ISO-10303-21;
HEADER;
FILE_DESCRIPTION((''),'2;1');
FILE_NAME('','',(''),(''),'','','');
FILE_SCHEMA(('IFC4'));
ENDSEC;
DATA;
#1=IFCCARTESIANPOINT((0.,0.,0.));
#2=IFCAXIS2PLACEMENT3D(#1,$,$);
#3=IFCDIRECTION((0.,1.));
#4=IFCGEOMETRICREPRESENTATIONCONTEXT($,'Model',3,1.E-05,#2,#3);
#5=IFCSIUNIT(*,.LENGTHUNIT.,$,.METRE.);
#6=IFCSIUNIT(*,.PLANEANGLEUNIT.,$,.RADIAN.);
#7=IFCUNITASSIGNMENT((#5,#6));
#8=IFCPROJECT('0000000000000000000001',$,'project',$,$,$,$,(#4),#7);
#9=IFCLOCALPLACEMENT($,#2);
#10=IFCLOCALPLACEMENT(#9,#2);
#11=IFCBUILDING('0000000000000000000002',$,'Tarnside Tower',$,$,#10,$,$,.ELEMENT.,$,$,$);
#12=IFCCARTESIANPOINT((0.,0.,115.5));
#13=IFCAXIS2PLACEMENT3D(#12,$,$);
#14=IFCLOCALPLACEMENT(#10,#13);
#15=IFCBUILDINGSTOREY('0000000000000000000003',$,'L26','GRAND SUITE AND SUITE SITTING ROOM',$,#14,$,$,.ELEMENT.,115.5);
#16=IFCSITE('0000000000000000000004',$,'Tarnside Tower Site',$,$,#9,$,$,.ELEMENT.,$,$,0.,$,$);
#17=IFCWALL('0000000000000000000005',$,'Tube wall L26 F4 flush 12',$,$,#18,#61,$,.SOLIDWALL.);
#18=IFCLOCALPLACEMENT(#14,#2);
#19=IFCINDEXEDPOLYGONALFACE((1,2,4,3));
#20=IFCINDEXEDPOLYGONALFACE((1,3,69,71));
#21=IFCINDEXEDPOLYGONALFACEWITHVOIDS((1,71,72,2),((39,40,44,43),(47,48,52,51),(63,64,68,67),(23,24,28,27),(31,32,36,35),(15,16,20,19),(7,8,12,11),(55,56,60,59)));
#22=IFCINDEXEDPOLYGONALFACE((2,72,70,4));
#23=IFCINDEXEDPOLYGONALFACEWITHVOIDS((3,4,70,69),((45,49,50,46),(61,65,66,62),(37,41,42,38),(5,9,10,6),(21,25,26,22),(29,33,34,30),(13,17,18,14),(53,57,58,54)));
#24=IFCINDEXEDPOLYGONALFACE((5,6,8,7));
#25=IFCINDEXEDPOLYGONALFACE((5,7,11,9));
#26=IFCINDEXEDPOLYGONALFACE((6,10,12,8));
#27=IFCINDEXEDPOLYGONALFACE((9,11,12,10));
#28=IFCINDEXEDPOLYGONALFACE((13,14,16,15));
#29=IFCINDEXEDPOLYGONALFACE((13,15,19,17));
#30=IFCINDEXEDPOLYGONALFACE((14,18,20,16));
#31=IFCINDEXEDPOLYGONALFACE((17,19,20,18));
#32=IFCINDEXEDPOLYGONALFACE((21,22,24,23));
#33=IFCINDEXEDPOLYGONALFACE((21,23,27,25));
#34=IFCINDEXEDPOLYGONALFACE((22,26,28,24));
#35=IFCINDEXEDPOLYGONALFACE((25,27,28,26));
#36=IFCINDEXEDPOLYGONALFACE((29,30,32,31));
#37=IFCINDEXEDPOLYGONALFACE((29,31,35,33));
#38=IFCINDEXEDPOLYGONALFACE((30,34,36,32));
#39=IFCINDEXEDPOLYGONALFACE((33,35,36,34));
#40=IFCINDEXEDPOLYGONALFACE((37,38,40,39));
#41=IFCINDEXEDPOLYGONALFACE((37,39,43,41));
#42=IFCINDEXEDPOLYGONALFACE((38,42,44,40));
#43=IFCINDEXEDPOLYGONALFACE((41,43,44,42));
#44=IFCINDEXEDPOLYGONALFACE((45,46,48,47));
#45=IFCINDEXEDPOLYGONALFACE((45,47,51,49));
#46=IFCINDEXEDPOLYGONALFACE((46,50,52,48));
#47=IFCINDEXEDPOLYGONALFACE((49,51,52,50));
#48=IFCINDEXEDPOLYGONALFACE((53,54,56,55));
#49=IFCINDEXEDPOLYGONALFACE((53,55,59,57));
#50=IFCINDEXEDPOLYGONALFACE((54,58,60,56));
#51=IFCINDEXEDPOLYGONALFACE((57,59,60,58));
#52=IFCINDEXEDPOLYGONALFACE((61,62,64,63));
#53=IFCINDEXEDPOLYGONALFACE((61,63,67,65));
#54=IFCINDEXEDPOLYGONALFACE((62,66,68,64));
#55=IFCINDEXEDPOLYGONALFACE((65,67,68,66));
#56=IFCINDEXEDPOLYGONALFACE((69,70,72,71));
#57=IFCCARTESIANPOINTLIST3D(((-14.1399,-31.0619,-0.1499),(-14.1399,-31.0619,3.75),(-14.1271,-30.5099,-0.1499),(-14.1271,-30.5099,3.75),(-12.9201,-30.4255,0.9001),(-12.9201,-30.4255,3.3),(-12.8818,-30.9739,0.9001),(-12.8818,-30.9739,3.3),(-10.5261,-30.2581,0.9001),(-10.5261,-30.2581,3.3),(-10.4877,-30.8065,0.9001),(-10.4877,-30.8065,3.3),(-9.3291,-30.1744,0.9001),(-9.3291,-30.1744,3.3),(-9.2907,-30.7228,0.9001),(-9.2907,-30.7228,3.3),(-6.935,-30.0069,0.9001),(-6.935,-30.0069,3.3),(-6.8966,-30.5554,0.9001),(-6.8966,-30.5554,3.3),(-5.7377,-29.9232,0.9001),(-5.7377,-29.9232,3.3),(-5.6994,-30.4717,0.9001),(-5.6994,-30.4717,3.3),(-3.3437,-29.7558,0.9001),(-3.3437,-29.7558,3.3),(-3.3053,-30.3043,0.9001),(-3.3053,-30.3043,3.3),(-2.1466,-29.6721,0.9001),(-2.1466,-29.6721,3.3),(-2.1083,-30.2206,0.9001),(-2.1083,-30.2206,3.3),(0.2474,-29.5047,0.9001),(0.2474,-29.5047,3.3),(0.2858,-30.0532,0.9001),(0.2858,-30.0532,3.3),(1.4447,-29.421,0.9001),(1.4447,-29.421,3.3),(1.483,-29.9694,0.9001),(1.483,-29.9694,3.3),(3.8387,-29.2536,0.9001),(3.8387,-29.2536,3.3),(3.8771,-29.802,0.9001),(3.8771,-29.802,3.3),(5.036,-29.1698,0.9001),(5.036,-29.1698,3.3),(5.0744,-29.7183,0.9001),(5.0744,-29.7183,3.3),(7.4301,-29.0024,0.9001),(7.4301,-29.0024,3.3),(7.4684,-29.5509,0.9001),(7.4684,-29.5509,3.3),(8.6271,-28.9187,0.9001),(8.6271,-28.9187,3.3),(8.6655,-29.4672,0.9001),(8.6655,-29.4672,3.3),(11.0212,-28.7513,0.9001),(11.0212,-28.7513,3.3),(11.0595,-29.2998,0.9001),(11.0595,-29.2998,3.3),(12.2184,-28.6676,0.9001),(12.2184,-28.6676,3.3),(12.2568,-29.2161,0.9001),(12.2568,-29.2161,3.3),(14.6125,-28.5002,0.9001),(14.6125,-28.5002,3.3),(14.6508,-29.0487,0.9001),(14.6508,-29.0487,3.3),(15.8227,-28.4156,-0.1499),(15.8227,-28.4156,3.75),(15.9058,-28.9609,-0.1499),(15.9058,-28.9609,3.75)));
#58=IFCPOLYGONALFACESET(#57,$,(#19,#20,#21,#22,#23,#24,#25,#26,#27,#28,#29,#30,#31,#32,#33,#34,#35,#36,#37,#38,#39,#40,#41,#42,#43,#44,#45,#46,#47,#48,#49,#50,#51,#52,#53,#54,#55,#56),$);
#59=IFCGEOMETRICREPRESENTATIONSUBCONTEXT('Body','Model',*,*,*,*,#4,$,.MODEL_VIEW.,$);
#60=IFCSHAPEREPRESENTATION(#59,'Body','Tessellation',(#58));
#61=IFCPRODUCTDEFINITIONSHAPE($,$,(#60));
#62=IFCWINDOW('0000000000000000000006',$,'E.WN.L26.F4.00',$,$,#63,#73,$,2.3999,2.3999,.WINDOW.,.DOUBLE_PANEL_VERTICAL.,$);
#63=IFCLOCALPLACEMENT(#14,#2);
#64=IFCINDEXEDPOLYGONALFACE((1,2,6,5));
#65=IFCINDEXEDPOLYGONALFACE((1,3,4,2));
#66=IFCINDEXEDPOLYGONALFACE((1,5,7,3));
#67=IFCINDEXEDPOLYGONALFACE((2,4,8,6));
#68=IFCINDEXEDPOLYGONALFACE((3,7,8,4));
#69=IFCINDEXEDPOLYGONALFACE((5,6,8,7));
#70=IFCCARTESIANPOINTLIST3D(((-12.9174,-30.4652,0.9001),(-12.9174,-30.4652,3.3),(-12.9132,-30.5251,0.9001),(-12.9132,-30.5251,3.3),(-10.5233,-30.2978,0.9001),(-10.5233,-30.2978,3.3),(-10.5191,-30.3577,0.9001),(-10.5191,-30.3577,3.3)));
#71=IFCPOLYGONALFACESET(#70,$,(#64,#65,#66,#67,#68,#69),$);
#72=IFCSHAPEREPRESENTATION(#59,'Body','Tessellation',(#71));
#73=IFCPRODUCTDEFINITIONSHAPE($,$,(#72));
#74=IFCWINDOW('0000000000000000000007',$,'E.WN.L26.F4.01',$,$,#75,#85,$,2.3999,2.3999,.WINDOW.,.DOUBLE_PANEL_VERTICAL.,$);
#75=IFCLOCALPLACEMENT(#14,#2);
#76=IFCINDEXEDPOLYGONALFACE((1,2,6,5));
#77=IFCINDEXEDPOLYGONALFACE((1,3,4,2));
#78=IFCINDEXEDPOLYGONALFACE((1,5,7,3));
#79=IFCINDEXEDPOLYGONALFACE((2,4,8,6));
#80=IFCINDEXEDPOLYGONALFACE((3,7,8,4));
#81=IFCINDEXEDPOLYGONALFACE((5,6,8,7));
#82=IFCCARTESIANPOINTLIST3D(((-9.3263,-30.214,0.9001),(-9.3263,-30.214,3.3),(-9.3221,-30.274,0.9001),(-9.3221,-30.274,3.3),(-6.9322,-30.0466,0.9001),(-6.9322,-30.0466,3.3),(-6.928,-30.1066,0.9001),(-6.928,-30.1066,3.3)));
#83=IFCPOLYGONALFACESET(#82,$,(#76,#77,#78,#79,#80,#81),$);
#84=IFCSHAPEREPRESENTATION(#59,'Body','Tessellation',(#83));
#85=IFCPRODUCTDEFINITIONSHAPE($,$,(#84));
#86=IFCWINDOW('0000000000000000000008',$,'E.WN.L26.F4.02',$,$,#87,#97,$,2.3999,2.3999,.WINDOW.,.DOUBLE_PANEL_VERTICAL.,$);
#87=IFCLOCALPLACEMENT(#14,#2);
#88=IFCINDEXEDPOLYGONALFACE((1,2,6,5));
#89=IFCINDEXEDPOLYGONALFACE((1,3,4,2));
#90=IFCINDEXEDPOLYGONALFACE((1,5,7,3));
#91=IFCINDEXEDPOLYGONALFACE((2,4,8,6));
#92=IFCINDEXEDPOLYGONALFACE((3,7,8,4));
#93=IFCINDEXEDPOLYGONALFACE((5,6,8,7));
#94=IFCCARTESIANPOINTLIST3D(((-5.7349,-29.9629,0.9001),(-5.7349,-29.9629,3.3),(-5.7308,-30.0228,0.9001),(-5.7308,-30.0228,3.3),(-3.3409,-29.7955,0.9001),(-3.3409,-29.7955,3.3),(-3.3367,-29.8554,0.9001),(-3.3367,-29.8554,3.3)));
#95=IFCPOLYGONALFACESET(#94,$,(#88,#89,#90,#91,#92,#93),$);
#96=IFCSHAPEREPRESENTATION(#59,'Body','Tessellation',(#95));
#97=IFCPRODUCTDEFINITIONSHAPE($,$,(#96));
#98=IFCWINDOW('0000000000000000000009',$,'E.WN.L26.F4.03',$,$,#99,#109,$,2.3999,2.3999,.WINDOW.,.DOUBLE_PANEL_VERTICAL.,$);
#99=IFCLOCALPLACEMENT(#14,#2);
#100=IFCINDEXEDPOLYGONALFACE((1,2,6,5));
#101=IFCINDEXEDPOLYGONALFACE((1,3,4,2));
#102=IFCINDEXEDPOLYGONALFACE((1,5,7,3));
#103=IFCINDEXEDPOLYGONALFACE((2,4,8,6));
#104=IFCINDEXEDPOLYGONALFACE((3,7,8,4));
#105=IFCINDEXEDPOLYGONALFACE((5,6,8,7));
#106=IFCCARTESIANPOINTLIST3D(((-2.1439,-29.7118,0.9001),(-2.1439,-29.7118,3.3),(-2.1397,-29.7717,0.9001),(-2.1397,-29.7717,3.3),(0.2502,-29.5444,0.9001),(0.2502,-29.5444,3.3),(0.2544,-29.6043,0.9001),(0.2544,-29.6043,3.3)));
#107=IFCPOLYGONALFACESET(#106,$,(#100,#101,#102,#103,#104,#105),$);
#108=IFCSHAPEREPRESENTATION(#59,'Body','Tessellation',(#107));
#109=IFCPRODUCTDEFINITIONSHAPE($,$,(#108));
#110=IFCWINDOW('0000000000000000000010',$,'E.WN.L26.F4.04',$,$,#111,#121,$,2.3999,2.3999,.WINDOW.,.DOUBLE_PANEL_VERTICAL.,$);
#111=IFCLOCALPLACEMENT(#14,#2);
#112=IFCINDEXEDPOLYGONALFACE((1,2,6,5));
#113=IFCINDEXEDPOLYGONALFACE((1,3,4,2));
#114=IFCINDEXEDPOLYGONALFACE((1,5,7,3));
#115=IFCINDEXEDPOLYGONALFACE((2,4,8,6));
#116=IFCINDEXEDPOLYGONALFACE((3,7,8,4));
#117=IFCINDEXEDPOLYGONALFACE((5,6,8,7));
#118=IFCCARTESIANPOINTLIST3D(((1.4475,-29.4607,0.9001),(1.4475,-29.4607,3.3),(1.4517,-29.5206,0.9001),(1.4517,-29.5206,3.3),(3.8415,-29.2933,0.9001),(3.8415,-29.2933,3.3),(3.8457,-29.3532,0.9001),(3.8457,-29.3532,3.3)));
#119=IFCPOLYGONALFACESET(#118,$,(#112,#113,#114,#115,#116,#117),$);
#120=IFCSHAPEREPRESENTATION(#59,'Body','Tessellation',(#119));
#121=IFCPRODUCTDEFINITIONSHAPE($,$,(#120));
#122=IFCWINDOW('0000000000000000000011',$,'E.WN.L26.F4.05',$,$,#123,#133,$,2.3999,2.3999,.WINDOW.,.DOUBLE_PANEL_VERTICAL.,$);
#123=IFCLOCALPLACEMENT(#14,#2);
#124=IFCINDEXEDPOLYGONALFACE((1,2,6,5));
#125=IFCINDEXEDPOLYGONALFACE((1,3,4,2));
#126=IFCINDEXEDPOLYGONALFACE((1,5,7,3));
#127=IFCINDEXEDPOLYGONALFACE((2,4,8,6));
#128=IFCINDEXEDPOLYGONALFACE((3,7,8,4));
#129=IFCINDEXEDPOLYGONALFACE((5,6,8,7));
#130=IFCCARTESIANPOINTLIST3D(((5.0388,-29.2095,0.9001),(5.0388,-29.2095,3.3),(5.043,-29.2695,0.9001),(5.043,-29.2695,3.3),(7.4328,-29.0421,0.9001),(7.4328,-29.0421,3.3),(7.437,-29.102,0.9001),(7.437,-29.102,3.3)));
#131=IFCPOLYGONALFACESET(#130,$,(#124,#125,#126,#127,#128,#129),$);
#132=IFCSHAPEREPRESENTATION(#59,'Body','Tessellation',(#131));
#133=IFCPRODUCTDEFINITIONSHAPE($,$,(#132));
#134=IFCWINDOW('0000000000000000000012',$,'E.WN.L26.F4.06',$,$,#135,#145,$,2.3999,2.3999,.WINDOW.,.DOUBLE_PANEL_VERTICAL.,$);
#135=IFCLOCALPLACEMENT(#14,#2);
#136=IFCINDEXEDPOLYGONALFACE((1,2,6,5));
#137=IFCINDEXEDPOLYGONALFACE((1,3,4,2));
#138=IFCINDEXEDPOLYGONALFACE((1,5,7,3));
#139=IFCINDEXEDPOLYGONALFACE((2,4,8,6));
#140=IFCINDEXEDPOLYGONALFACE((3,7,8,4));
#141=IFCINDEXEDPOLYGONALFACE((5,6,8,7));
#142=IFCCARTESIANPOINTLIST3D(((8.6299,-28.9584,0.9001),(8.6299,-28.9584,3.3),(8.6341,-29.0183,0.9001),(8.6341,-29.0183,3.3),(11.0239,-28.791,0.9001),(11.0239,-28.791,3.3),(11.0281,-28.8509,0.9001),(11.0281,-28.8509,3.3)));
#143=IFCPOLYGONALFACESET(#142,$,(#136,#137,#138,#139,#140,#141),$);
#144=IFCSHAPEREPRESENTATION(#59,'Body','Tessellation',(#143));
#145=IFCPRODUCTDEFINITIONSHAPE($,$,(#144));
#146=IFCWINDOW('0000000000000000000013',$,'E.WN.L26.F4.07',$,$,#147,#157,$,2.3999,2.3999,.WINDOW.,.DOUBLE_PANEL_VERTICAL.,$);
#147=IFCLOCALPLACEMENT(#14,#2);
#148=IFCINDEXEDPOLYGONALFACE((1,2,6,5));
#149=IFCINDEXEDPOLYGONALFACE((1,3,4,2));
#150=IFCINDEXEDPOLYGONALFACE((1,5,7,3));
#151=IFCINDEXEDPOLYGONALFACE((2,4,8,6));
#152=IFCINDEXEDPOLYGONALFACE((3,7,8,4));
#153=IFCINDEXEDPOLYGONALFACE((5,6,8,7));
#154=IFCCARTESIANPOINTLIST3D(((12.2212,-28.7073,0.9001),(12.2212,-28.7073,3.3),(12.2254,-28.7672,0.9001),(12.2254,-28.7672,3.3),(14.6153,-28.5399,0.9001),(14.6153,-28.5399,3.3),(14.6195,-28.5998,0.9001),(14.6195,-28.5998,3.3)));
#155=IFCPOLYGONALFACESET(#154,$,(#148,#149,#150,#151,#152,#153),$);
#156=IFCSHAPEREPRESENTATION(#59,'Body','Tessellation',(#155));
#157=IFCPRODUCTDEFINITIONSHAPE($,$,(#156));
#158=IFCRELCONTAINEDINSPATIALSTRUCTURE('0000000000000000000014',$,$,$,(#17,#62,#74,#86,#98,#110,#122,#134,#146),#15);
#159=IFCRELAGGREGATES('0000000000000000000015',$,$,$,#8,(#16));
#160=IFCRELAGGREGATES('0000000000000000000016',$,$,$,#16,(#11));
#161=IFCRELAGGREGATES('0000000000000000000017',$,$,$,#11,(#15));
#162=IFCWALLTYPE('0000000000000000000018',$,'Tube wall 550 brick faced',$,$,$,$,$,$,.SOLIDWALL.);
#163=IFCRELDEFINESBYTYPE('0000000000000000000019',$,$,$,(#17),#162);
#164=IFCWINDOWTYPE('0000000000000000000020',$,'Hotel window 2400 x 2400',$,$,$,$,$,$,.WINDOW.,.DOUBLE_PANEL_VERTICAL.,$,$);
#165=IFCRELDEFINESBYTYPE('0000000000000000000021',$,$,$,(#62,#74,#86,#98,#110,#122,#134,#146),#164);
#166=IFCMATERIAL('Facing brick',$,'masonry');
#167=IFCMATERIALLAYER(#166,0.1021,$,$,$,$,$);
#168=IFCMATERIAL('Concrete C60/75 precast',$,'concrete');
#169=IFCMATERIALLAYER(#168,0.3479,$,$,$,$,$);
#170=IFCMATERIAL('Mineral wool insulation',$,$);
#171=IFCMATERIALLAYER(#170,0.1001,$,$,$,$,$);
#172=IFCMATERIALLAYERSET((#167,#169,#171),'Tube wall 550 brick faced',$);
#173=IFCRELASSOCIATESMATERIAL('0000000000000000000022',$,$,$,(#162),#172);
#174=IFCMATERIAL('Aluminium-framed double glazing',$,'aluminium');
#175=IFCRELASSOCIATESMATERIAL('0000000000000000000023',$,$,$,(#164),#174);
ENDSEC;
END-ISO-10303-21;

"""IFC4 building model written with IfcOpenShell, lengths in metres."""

from ifc_helpers import new_model, si_unit, direction, frame, frame_2d, origin, place, context, subcontext, project, spatial, polyline, rectangle, outline, extrude, material, layer, layer_set, type_object, element, fill, save


model = new_model("IFC4")

# Units and contexts
model_context = context("Model", 3, precision=1e-05, world=origin(), true_north=direction((0.0, 1.0)))
body_context = subcontext(model_context, "Body", "Model", "MODEL_VIEW")
ifc_project = project(units=[si_unit("LENGTHUNIT", "METRE"), si_unit("PLANEANGLEUNIT", "RADIAN")], contexts=[model_context])

# Site, building, storey
site_placement = place(None, origin())
site = spatial("IfcSite", under=ifc_project, at=site_placement, Name="Tarnside Tower Site", CompositionType="ELEMENT", RefElevation=0.0)
building_placement = place(site_placement, origin())
building = spatial("IfcBuilding", under=site, at=building_placement, Name="Tarnside Tower", CompositionType="ELEMENT")
storey_placement = place(building_placement, frame((0.0, 0.0, 115.5)))
storey = spatial("IfcBuildingStorey", under=building, at=storey_placement, Name="L26", Description="GRAND SUITE AND SUITE SITTING ROOM", CompositionType="ELEMENT", Elevation=115.5)

# Shared definitions
ifc_material_1 = material(Name="Facing brick", Category="masonry")
ifc_layer_1 = layer(ifc_material_1, 0.1021)
ifc_material_2 = material(Name="Concrete C60/75 precast", Category="concrete")
ifc_layer_2 = layer(ifc_material_2, 0.3479)
ifc_material_3 = material(Name="Mineral wool insulation")
ifc_layer_3 = layer(ifc_material_3, 0.1001)
ifc_layer_set_1 = layer_set([ifc_layer_1, ifc_layer_2, ifc_layer_3], Name="Tube wall 550 brick faced")
wall_type_1 = type_object("IfcWallType", Name="Tube wall 550 brick faced", PredefinedType="SOLIDWALL", material=ifc_layer_set_1)

# Wall, openings, windows
wall_1_placement = place(storey_placement, frame((-14.1335, -30.7859, -0.1499), z_axis=(0.0, 0.0, 1.0), x_axis=(0.997564, 0.069757, 0.0)))
wall_1 = element("IfcWall", 1, at=wall_1_placement, inside=storey, type_object=wall_type_1, Name="Tube wall L26 F4 flush 12", PredefinedType="SOLIDWALL", context=body_context, shape_type="SweptSolid", body=[
    extrude(outline(polyline([(-0.0256, -0.2749), (30.0935, -0.2749), (30.0486, 0.2749), (0.0256, 0.2749), (-0.0256, -0.2749)])), origin(), (0.0, 0.0, 1.0), 3.8999),
])
opening_1_placement = place(wall_1_placement, frame((1.2356, 0.0, 1.05)))
opening_1 = element("IfcOpeningElement", 2, at=opening_1_placement, cuts=wall_1, PredefinedType="OPENING", context=body_context, shape_type="SweptSolid", body=[
    extrude(rectangle(XDim=2.3999, YDim=2.3999, at=frame_2d((1.2, 1.2))), frame((0.0, 0.2852, 0.0), z_axis=(0.0, -1.0, 0.0), x_axis=(1.0, 0.0, 0.0)), (0.0, 0.0, 1.0), 0.5701),
])
opening_2_placement = place(wall_1_placement, frame((4.8354, 0.0, 1.05)))
opening_2 = element("IfcOpeningElement", 3, at=opening_2_placement, cuts=wall_1, PredefinedType="OPENING", context=body_context, shape_type="SweptSolid", body=[
    extrude(rectangle(XDim=2.3999, YDim=2.3999, at=frame_2d((1.2, 1.2))), frame((0.0, 0.2852, 0.0), z_axis=(0.0, -1.0, 0.0), x_axis=(1.0, 0.0, 0.0)), (0.0, 0.0, 1.0), 0.5701),
])
opening_3_placement = place(wall_1_placement, frame((8.4355, 0.0, 1.05)))
opening_3 = element("IfcOpeningElement", 4, at=opening_3_placement, cuts=wall_1, PredefinedType="OPENING", context=body_context, shape_type="SweptSolid", body=[
    extrude(rectangle(XDim=2.3999, YDim=2.3999, at=frame_2d((1.2, 1.2))), frame((0.0, 0.2852, 0.0), z_axis=(0.0, -1.0, 0.0), x_axis=(1.0, 0.0, 0.0)), (0.0, 0.0, 1.0), 0.5701),
])
opening_4_placement = place(wall_1_placement, frame((12.0354, 0.0, 1.05)))
opening_4 = element("IfcOpeningElement", 5, at=opening_4_placement, cuts=wall_1, PredefinedType="OPENING", context=body_context, shape_type="SweptSolid", body=[
    extrude(rectangle(XDim=2.3999, YDim=2.3999, at=frame_2d((1.2, 1.2))), frame((0.0, 0.2852, 0.0), z_axis=(0.0, -1.0, 0.0), x_axis=(1.0, 0.0, 0.0)), (0.0, 0.0, 1.0), 0.5701),
])
opening_5_placement = place(wall_1_placement, frame((15.6355, 0.0, 1.05)))
opening_5 = element("IfcOpeningElement", 6, at=opening_5_placement, cuts=wall_1, PredefinedType="OPENING", context=body_context, shape_type="SweptSolid", body=[
    extrude(rectangle(XDim=2.3999, YDim=2.3999, at=frame_2d((1.2, 1.2))), frame((0.0, 0.2852, 0.0), z_axis=(0.0, -1.0, 0.0), x_axis=(1.0, 0.0, 0.0)), (0.0, 0.0, 1.0), 0.5701),
])
opening_6_placement = place(wall_1_placement, frame((19.2356, 0.0, 1.05)))
opening_6 = element("IfcOpeningElement", 7, at=opening_6_placement, cuts=wall_1, PredefinedType="OPENING", context=body_context, shape_type="SweptSolid", body=[
    extrude(rectangle(XDim=2.3999, YDim=2.3999, at=frame_2d((1.2, 1.2))), frame((0.0, 0.2852, 0.0), z_axis=(0.0, -1.0, 0.0), x_axis=(1.0, 0.0, 0.0)), (0.0, 0.0, 1.0), 0.5701),
])
opening_7_placement = place(wall_1_placement, frame((22.8354, 0.0, 1.05)))
opening_7 = element("IfcOpeningElement", 8, at=opening_7_placement, cuts=wall_1, PredefinedType="OPENING", context=body_context, shape_type="SweptSolid", body=[
    extrude(rectangle(XDim=2.3999, YDim=2.3999, at=frame_2d((1.2, 1.2))), frame((0.0, 0.2852, 0.0), z_axis=(0.0, -1.0, 0.0), x_axis=(1.0, 0.0, 0.0)), (0.0, 0.0, 1.0), 0.5701),
])
opening_8_placement = place(wall_1_placement, frame((26.4355, 0.0, 1.05)))
opening_8 = element("IfcOpeningElement", 9, at=opening_8_placement, cuts=wall_1, PredefinedType="OPENING", context=body_context, shape_type="SweptSolid", body=[
    extrude(rectangle(XDim=2.3999, YDim=2.3999, at=frame_2d((1.2, 1.2))), frame((0.0, 0.2852, 0.0), z_axis=(0.0, -1.0, 0.0), x_axis=(1.0, 0.0, 0.0)), (0.0, 0.0, 1.0), 0.5701),
])
ifc_material_4 = material(Name="Aluminium-framed double glazing", Category="aluminium")
window_type = type_object("IfcWindowType", Name="Hotel window 2400 x 2400", PartitioningType="DOUBLE_PANEL_VERTICAL", PredefinedType="WINDOW", material=ifc_material_4)
window_1_placement = place(opening_1_placement, frame((0.0, 0.2051, 0.0)))
window_1 = element("IfcWindow", 10, at=window_1_placement, inside=storey, type_object=window_type, Name="E.WN.L26.F4.00", OverallHeight=2.3999, OverallWidth=2.3999, PartitioningType="DOUBLE_PANEL_VERTICAL", PredefinedType="WINDOW", context=body_context, shape_type="SweptSolid", body=[
    extrude(rectangle(XDim=2.3999, YDim=2.3999, at=frame_2d((1.2, 1.2))), frame((0.0, 0.03, 0.0), z_axis=(0.0, -1.0, 0.0), x_axis=(1.0, 0.0, 0.0)), (0.0, 0.0, 1.0), 0.0601),
])
fill(opening_1, window_1)
window_2_placement = place(opening_2_placement, frame((0.0, 0.2051, 0.0)))
window_2 = element("IfcWindow", 11, at=window_2_placement, inside=storey, type_object=window_type, Name="E.WN.L26.F4.01", OverallHeight=2.3999, OverallWidth=2.3999, PartitioningType="DOUBLE_PANEL_VERTICAL", PredefinedType="WINDOW", context=body_context, shape_type="SweptSolid", body=[
    extrude(rectangle(XDim=2.3999, YDim=2.3999, at=frame_2d((1.2, 1.2))), frame((0.0, 0.03, 0.0), z_axis=(0.0, -1.0, 0.0), x_axis=(1.0, 0.0, 0.0)), (0.0, 0.0, 1.0), 0.0601),
])
fill(opening_2, window_2)
window_3_placement = place(opening_3_placement, frame((0.0, 0.2051, 0.0)))
window_3 = element("IfcWindow", 12, at=window_3_placement, inside=storey, type_object=window_type, Name="E.WN.L26.F4.02", OverallHeight=2.3999, OverallWidth=2.3999, PartitioningType="DOUBLE_PANEL_VERTICAL", PredefinedType="WINDOW", context=body_context, shape_type="SweptSolid", body=[
    extrude(rectangle(XDim=2.3999, YDim=2.3999, at=frame_2d((1.2, 1.2))), frame((0.0, 0.03, 0.0), z_axis=(0.0, -1.0, 0.0), x_axis=(1.0, 0.0, 0.0)), (0.0, 0.0, 1.0), 0.0601),
])
fill(opening_3, window_3)
window_4_placement = place(opening_4_placement, frame((0.0, 0.2051, 0.0)))
window_4 = element("IfcWindow", 13, at=window_4_placement, inside=storey, type_object=window_type, Name="E.WN.L26.F4.03", OverallHeight=2.3999, OverallWidth=2.3999, PartitioningType="DOUBLE_PANEL_VERTICAL", PredefinedType="WINDOW", context=body_context, shape_type="SweptSolid", body=[
    extrude(rectangle(XDim=2.3999, YDim=2.3999, at=frame_2d((1.2, 1.2))), frame((0.0, 0.03, 0.0), z_axis=(0.0, -1.0, 0.0), x_axis=(1.0, 0.0, 0.0)), (0.0, 0.0, 1.0), 0.0601),
])
fill(opening_4, window_4)
window_5_placement = place(opening_5_placement, frame((0.0, 0.2051, 0.0)))
window_5 = element("IfcWindow", 14, at=window_5_placement, inside=storey, type_object=window_type, Name="E.WN.L26.F4.04", OverallHeight=2.3999, OverallWidth=2.3999, PartitioningType="DOUBLE_PANEL_VERTICAL", PredefinedType="WINDOW", context=body_context, shape_type="SweptSolid", body=[
    extrude(rectangle(XDim=2.3999, YDim=2.3999, at=frame_2d((1.2, 1.2))), frame((0.0, 0.03, 0.0), z_axis=(0.0, -1.0, 0.0), x_axis=(1.0, 0.0, 0.0)), (0.0, 0.0, 1.0), 0.0601),
])
fill(opening_5, window_5)
window_6_placement = place(opening_6_placement, frame((0.0, 0.2051, 0.0)))
window_6 = element("IfcWindow", 15, at=window_6_placement, inside=storey, type_object=window_type, Name="E.WN.L26.F4.05", OverallHeight=2.3999, OverallWidth=2.3999, PartitioningType="DOUBLE_PANEL_VERTICAL", PredefinedType="WINDOW", context=body_context, shape_type="SweptSolid", body=[
    extrude(rectangle(XDim=2.3999, YDim=2.3999, at=frame_2d((1.2, 1.2))), frame((0.0, 0.03, 0.0), z_axis=(0.0, -1.0, 0.0), x_axis=(1.0, 0.0, 0.0)), (0.0, 0.0, 1.0), 0.0601),
])
fill(opening_6, window_6)
window_7_placement = place(opening_7_placement, frame((0.0, 0.2051, 0.0)))
window_7 = element("IfcWindow", 16, at=window_7_placement, inside=storey, type_object=window_type, Name="E.WN.L26.F4.06", OverallHeight=2.3999, OverallWidth=2.3999, PartitioningType="DOUBLE_PANEL_VERTICAL", PredefinedType="WINDOW", context=body_context, shape_type="SweptSolid", body=[
    extrude(rectangle(XDim=2.3999, YDim=2.3999, at=frame_2d((1.2, 1.2))), frame((0.0, 0.03, 0.0), z_axis=(0.0, -1.0, 0.0), x_axis=(1.0, 0.0, 0.0)), (0.0, 0.0, 1.0), 0.0601),
])
fill(opening_7, window_7)
window_8_placement = place(opening_8_placement, frame((0.0, 0.2051, 0.0)))
window_8 = element("IfcWindow", 17, at=window_8_placement, inside=storey, type_object=window_type, Name="E.WN.L26.F4.07", OverallHeight=2.3999, OverallWidth=2.3999, PartitioningType="DOUBLE_PANEL_VERTICAL", PredefinedType="WINDOW", context=body_context, shape_type="SweptSolid", body=[
    extrude(rectangle(XDim=2.3999, YDim=2.3999, at=frame_2d((1.2, 1.2))), frame((0.0, 0.03, 0.0), z_axis=(0.0, -1.0, 0.0), x_axis=(1.0, 0.0, 0.0)), (0.0, 0.0, 1.0), 0.0601),
])
fill(opening_8, window_8)

save(model, "model.ifc")
